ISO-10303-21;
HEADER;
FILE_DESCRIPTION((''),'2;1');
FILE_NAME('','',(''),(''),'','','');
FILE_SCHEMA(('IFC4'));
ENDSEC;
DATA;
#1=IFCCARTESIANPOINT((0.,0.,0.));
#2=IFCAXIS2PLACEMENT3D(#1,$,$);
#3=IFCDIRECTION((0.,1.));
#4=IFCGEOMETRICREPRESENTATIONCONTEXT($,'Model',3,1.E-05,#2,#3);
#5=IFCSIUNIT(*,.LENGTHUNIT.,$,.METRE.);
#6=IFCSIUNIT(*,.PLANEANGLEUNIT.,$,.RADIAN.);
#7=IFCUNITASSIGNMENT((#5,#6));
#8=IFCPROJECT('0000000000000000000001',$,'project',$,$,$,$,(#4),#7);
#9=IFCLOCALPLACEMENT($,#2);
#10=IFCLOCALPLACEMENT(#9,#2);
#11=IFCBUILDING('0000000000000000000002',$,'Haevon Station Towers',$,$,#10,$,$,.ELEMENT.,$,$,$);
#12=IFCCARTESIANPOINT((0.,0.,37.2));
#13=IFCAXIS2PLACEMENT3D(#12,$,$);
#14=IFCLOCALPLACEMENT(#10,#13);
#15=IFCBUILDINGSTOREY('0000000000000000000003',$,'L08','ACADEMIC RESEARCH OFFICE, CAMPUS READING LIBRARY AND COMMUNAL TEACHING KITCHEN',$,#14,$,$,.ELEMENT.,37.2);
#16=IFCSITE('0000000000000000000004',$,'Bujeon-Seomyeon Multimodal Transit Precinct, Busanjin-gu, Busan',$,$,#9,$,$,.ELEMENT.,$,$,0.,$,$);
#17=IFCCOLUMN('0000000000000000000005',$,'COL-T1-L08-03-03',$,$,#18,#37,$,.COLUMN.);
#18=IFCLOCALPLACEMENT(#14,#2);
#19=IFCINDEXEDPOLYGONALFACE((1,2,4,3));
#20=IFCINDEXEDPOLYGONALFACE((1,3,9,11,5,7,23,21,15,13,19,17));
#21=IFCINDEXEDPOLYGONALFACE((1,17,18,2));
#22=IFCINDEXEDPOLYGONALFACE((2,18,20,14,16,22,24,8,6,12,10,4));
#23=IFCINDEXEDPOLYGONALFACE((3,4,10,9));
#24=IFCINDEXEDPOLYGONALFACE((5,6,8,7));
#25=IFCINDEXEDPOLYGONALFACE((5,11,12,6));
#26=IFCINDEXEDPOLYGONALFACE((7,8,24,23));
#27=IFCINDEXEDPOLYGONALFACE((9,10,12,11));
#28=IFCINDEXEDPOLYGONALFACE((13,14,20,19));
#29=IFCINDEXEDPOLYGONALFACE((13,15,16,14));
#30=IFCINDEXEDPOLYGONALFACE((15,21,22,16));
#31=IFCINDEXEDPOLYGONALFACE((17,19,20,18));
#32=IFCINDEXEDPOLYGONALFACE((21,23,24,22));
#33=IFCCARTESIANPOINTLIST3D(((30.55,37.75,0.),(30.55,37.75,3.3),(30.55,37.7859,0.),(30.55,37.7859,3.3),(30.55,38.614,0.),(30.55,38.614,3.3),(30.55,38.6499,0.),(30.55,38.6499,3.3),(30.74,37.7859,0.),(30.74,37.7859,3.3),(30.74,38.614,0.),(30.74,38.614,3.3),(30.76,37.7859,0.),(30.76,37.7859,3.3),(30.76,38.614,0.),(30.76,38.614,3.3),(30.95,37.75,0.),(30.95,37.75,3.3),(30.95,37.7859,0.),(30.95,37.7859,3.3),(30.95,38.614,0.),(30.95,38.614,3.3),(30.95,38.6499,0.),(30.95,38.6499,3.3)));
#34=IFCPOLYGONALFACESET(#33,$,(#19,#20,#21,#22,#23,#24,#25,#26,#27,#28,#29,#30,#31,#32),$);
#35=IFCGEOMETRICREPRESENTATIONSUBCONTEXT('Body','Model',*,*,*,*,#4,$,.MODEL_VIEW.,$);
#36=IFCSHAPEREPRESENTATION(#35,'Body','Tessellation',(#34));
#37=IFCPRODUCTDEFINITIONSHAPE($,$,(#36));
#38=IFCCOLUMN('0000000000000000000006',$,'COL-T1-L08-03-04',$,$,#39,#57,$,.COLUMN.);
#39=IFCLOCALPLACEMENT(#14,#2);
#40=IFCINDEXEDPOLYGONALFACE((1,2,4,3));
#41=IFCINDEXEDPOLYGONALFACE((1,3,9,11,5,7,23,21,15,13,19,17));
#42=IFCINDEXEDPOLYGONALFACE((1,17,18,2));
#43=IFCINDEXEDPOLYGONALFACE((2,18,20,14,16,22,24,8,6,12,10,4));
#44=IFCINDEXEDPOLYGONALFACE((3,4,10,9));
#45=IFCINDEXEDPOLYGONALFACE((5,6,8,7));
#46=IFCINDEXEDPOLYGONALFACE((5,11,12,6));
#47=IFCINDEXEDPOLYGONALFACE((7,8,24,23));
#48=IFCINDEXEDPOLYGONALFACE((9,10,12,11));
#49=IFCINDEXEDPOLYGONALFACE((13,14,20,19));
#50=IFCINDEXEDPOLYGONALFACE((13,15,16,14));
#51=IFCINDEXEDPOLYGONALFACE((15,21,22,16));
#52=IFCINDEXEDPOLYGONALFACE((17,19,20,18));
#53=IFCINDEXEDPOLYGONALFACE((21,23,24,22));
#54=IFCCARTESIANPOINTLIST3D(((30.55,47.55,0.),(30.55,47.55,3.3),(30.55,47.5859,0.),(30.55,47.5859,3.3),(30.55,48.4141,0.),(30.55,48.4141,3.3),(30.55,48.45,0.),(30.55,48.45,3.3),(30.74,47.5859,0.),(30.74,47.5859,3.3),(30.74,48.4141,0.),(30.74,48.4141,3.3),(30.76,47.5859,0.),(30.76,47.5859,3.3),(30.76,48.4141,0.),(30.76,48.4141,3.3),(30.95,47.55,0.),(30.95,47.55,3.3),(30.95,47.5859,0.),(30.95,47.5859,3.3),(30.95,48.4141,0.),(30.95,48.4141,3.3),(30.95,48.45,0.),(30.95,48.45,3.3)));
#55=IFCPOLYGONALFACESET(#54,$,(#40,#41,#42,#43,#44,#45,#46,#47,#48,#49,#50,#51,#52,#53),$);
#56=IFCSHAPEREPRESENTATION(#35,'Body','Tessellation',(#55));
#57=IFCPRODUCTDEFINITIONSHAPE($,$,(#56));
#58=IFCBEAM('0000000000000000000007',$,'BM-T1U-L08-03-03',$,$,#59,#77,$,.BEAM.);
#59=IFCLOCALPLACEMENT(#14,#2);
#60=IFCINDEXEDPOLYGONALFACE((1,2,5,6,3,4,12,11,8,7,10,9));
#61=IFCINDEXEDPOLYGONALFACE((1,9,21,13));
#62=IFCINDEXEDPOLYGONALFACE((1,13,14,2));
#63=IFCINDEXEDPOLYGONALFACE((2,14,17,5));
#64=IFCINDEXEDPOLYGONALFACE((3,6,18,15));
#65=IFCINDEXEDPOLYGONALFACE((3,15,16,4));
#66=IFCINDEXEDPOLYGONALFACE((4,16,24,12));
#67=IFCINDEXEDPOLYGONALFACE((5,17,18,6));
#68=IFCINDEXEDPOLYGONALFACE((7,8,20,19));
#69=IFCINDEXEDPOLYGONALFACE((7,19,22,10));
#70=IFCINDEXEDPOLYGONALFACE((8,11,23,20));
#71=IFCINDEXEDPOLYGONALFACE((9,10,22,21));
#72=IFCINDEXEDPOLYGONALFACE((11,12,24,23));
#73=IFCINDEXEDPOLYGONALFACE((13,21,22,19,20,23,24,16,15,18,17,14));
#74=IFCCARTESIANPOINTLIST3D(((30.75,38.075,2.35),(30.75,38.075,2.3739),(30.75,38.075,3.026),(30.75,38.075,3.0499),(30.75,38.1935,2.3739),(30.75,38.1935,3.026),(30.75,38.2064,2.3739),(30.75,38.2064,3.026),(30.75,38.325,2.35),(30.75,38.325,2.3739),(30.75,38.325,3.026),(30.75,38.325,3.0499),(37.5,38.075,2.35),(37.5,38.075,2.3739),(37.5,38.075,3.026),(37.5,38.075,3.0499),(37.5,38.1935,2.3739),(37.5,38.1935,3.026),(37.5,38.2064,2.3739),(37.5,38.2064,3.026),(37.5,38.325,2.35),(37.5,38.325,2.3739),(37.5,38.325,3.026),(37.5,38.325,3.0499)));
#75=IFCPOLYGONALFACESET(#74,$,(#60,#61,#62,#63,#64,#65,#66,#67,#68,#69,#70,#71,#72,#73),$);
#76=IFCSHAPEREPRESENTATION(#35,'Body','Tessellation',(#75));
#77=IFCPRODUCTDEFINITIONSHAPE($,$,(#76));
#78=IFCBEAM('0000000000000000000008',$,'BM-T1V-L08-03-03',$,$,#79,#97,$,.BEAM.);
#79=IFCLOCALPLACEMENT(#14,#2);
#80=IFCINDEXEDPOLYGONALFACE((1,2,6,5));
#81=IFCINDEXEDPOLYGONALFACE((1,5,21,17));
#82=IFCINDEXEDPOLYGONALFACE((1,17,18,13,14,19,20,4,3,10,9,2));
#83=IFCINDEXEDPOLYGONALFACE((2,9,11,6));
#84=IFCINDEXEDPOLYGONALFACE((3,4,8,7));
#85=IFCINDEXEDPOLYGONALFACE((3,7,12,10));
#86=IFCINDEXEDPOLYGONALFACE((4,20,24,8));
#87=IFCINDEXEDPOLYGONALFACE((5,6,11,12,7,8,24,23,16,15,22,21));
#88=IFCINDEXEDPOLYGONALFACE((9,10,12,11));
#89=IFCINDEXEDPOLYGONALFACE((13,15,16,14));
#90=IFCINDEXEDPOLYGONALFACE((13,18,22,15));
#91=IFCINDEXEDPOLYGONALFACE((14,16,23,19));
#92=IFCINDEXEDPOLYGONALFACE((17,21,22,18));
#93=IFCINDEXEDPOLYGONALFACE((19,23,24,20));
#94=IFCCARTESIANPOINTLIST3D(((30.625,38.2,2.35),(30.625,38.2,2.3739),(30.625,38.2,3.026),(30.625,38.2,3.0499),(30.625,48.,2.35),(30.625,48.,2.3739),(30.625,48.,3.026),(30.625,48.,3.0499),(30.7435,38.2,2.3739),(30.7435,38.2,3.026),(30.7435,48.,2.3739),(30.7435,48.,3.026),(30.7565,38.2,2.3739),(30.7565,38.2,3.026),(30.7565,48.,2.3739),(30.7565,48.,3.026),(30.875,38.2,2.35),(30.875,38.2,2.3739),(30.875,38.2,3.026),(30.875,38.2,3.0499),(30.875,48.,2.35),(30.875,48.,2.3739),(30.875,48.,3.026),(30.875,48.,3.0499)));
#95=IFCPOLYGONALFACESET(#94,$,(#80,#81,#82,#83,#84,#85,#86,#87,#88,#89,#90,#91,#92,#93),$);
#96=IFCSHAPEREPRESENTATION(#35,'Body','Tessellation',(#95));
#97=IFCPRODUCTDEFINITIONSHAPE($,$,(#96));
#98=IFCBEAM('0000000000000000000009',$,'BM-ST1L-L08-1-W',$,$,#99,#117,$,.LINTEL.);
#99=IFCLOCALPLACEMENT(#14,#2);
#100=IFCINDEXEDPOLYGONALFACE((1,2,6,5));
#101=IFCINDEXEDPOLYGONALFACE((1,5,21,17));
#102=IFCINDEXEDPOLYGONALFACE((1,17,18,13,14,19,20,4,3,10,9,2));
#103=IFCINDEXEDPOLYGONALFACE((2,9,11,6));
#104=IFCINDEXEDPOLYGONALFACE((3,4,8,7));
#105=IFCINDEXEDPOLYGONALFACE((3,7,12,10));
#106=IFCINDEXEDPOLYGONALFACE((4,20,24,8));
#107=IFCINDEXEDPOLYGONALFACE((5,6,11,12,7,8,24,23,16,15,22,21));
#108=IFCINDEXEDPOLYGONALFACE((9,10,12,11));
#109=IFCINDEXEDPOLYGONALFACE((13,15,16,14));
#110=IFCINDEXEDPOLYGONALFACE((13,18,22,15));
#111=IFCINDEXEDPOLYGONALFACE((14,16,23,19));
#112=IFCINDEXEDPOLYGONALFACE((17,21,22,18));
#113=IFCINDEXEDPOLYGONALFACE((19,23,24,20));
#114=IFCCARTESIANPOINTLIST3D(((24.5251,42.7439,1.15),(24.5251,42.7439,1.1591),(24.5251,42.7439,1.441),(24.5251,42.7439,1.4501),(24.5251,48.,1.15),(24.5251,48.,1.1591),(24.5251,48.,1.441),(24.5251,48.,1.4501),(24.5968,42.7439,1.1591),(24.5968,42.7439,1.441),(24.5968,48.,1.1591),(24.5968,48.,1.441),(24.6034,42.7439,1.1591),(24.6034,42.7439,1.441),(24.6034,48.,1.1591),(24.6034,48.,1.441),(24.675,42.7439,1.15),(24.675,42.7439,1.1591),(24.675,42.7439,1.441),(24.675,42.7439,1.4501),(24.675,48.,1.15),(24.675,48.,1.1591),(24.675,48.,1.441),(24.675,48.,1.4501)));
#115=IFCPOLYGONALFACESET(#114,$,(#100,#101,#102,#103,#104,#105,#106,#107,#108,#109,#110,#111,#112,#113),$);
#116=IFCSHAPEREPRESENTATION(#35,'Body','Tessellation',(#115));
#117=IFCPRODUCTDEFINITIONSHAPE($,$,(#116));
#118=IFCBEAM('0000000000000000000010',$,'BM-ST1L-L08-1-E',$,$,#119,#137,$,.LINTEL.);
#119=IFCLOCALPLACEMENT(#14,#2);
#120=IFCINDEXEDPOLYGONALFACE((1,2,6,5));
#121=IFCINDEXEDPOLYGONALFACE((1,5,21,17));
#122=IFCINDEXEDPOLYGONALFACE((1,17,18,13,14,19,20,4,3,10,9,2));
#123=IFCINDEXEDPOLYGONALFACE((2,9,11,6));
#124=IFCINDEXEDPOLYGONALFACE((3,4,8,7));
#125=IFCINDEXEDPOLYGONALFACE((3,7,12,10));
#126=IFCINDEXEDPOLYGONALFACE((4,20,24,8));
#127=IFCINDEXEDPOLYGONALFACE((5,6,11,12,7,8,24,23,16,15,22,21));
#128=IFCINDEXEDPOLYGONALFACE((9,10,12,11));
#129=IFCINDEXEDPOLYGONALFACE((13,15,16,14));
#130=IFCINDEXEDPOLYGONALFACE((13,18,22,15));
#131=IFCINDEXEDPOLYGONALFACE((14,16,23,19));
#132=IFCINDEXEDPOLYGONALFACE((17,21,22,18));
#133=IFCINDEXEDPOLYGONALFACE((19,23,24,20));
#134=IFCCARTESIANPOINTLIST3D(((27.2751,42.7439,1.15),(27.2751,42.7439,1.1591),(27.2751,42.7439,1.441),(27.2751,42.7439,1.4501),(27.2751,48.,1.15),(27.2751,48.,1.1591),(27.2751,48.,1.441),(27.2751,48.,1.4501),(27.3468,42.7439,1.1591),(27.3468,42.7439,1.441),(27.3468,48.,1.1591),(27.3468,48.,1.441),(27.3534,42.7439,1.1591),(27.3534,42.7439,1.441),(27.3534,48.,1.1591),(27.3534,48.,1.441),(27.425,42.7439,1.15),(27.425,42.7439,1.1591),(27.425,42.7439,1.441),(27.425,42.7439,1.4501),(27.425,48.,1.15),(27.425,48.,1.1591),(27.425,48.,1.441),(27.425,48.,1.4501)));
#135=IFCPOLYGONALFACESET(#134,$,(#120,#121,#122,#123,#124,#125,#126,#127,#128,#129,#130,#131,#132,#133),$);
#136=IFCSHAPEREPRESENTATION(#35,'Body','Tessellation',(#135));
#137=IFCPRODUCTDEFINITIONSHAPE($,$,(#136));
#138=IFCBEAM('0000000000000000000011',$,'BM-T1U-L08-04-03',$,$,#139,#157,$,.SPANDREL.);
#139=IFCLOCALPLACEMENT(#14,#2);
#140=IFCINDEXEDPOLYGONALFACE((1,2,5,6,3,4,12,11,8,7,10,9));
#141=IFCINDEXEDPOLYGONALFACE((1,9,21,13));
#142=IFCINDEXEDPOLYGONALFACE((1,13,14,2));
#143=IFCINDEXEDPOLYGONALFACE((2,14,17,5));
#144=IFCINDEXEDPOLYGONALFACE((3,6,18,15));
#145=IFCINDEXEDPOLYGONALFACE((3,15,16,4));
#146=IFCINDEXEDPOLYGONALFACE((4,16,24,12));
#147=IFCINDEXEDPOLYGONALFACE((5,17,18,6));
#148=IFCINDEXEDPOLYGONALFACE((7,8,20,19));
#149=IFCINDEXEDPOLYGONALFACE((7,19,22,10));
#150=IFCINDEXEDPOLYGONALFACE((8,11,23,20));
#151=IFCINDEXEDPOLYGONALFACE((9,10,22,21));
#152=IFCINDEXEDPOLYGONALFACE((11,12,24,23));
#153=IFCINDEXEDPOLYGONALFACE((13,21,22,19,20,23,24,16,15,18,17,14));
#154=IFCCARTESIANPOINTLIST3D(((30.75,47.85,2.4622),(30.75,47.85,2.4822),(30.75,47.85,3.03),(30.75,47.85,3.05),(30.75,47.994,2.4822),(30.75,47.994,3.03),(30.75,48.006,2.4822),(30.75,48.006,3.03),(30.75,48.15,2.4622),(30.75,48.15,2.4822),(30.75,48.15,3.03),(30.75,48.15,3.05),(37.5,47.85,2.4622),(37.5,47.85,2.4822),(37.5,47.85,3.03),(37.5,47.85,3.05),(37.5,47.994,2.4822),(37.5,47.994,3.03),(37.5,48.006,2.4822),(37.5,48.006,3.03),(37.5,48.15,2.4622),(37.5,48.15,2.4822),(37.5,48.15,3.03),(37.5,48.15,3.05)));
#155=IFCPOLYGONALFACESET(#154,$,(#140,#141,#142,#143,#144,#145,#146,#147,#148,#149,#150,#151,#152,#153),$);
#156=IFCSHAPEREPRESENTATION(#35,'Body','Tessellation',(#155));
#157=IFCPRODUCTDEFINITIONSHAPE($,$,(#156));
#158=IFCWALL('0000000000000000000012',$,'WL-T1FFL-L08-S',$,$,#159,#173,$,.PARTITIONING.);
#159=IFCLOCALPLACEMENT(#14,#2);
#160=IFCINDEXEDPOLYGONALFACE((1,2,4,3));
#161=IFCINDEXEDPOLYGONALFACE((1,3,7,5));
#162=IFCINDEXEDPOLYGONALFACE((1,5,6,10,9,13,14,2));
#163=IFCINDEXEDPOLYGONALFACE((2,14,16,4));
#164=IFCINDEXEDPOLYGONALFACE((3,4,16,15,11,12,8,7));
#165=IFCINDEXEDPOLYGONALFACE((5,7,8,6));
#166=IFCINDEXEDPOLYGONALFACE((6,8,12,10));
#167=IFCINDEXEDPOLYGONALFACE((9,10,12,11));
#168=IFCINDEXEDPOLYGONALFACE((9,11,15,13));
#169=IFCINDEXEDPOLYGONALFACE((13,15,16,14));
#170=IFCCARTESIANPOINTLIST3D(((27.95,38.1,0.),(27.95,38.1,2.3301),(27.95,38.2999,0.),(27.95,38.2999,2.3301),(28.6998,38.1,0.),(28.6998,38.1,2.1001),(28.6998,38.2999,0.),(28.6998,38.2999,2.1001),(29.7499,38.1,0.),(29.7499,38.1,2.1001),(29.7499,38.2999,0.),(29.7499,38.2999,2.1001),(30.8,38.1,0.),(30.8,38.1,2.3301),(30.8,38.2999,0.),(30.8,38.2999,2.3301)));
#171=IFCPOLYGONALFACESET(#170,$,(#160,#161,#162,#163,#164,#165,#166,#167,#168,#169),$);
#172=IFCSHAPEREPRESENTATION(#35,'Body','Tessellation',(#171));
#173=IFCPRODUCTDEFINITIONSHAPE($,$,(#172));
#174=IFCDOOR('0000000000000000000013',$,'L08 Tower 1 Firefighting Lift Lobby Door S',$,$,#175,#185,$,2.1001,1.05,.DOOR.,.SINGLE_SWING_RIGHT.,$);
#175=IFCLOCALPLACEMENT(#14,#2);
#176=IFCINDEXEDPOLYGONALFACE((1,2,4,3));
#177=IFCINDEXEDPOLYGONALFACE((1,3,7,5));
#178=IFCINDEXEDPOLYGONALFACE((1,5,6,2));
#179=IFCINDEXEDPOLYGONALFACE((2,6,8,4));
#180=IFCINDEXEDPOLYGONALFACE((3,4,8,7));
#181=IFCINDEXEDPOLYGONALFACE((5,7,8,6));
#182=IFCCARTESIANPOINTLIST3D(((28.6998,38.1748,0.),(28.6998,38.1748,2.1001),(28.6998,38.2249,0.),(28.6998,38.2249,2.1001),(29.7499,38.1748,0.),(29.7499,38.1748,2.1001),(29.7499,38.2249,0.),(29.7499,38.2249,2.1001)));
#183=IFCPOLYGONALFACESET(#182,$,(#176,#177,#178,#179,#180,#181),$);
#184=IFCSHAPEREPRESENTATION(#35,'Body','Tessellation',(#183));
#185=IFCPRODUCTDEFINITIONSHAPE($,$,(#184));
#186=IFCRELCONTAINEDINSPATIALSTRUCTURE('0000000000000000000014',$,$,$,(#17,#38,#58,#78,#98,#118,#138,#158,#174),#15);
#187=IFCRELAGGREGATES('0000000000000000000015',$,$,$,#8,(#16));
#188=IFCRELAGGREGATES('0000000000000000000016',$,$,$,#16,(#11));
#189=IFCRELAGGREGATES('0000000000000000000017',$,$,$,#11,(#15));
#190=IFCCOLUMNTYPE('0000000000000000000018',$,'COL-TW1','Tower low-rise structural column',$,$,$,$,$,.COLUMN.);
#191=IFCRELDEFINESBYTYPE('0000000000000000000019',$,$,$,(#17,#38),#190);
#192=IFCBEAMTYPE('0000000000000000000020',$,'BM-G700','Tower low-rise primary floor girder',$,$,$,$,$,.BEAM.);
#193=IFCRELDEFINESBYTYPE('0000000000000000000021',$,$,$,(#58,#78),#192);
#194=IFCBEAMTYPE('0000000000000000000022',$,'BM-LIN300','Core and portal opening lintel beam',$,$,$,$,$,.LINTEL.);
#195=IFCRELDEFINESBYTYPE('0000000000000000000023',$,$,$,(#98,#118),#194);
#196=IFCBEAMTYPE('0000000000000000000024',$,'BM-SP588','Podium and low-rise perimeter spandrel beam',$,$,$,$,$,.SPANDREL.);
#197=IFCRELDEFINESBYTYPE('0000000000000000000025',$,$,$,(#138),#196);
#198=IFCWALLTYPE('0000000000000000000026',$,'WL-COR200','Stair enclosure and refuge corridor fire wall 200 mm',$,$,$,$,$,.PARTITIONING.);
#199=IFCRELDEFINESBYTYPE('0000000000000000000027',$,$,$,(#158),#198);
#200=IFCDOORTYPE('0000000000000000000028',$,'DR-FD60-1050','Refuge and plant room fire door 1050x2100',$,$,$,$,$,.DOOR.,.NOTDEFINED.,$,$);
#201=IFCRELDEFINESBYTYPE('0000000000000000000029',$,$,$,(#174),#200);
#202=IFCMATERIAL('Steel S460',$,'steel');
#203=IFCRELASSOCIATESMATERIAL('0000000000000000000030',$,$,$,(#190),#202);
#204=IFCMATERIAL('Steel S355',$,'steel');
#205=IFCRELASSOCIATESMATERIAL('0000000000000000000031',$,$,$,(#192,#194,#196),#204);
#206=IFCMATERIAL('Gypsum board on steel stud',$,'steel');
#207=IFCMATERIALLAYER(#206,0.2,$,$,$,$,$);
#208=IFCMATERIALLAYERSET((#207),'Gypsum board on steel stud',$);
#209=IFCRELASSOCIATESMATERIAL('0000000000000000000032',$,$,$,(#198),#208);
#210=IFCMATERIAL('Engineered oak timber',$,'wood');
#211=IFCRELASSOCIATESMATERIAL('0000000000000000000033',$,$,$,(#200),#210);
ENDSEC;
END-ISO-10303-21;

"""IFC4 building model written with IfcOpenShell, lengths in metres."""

from ifc_helpers import new_model, si_unit, direction, frame, frame_2d, origin, origin_2d, place, context, subcontext, project, spatial, rectangle, i_section, extrude, material, layer, layer_set, material_profile, profile_set, type_object, element, fill, save


model = new_model("IFC4")

# Units and contexts
model_context = context("Model", 3, precision=1e-05, world=origin(), true_north=direction((0.0, 1.0)))
body_context = subcontext(model_context, "Body", "Model", "MODEL_VIEW")
ifc_project = project(units=[si_unit("LENGTHUNIT", "METRE"), si_unit("PLANEANGLEUNIT", "RADIAN")], contexts=[model_context])

# Site, building, storey
site_placement = place(None, origin())
site = spatial("IfcSite", under=ifc_project, at=site_placement, Name="Bujeon-Seomyeon Multimodal Transit Precinct, Busanjin-gu, Busan", CompositionType="ELEMENT", RefElevation=0.0)
building_placement = place(site_placement, origin())
building = spatial("IfcBuilding", under=site, at=building_placement, Name="Haevon Station Towers", CompositionType="ELEMENT")
storey_placement = place(building_placement, frame((0.0, 0.0, 37.2)))
storey = spatial("IfcBuildingStorey", under=building, at=storey_placement, Name="L08", Description="ACADEMIC RESEARCH OFFICE, CAMPUS READING LIBRARY AND COMMUNAL TEACHING KITCHEN", CompositionType="ELEMENT", Elevation=37.2)

# Columns
ifc_material_1 = material(Name="Steel S460", Category="steel")
ifc_material_profile_1 = material_profile(ifc_material_1, i_section(OverallWidth=0.3999, OverallDepth=0.8999, WebThickness=0.02, FlangeThickness=0.0359, at=origin_2d()), Name="H-900x400x20x36")
ifc_profile_set_1 = profile_set([ifc_material_profile_1], Name="Steel S460")
column_type = type_object("IfcColumnType", Name="COL-TW1", Description="Tower low-rise structural column", PredefinedType="COLUMN", material=ifc_profile_set_1)
for number, where, z_axis, x_axis, name in (
    (1, (30.75, 38.2, 0.0), (0.0, 0.0, 1.0), (1.0, 0.0, 0.0), "COL-T1-L08-03-03"),
    (2, (30.75, 48.0, 0.0), (0.0, 0.0, 1.0), (1.0, 0.0, 0.0), "COL-T1-L08-03-04"),
):
    element("IfcColumn", number, at=place(storey_placement, frame(where, z_axis=z_axis, x_axis=x_axis)), inside=storey, type_object=column_type, Name=name, PredefinedType="COLUMN", context=body_context, shape_type="SweptSolid", body=[
        extrude(i_section(OverallWidth=0.3999, OverallDepth=0.8999, WebThickness=0.02, FlangeThickness=0.0359, at=origin_2d()), origin(), (0.0, 0.0, 1.0), 3.3),
    ])

# Beams
ifc_material_2 = material(Name="Steel S355", Category="steel")
ifc_material_profile_2 = material_profile(ifc_material_2, i_section(OverallWidth=0.25, OverallDepth=0.7, WebThickness=0.0129, FlangeThickness=0.0239, at=origin_2d()), Name="H-700x250x13x24")
ifc_profile_set_2 = profile_set([ifc_material_profile_2], Name="Steel S355")
beam_type_1 = type_object("IfcBeamType", Name="BM-G700", Description="Tower low-rise primary floor girder", PredefinedType="BEAM", material=ifc_profile_set_2)
beam_1_placement = place(storey_placement, frame((30.75, 38.2, 2.7), z_axis=(1.0, 0.0, 0.0), x_axis=(0.0, 1.0, 0.0)))
element("IfcBeam", 3, at=beam_1_placement, inside=storey, type_object=beam_type_1, Name="BM-T1U-L08-03-03", PredefinedType="BEAM", context=body_context, shape_type="SweptSolid", body=[
    extrude(i_section(OverallWidth=0.25, OverallDepth=0.7, WebThickness=0.0129, FlangeThickness=0.0239, at=origin_2d()), origin(), (0.0, 0.0, 1.0), 6.75),
])
beam_2_placement = place(storey_placement, frame((30.75, 38.2, 2.7), z_axis=(0.0, 1.0, 0.0), x_axis=(-1.0, 0.0, 0.0)))
element("IfcBeam", 4, at=beam_2_placement, inside=storey, type_object=beam_type_1, Name="BM-T1V-L08-03-03", PredefinedType="BEAM", context=body_context, shape_type="SweptSolid", body=[
    extrude(i_section(OverallWidth=0.25, OverallDepth=0.7, WebThickness=0.0129, FlangeThickness=0.0239, at=origin_2d()), origin(), (0.0, 0.0, 1.0), 9.8),
])
ifc_material_profile_3 = material_profile(ifc_material_2, i_section(OverallWidth=0.1499, OverallDepth=0.3, WebThickness=0.0066, FlangeThickness=0.009, at=origin_2d()), Name="H-300x150x6.5x9")
ifc_profile_set_3 = profile_set([ifc_material_profile_3], Name="Steel S355")
beam_type_2 = type_object("IfcBeamType", Name="BM-LIN300", Description="Core and portal opening lintel beam", PredefinedType="LINTEL", material=ifc_profile_set_3)
for number, where, z_axis, x_axis, name in (
    (5, (24.6001, 42.7439, 1.3), (0.0, 1.0, 0.0), (-1.0, 0.0, 0.0), "BM-ST1L-L08-1-W"),
    (6, (27.3501, 42.7439, 1.3), (0.0, 1.0, 0.0), (-1.0, 0.0, 0.0), "BM-ST1L-L08-1-E"),
):
    element("IfcBeam", number, at=place(storey_placement, frame(where, z_axis=z_axis, x_axis=x_axis)), inside=storey, type_object=beam_type_2, Name=name, PredefinedType="LINTEL", context=body_context, shape_type="SweptSolid", body=[
        extrude(i_section(OverallWidth=0.1499, OverallDepth=0.3, WebThickness=0.0066, FlangeThickness=0.009, at=origin_2d()), origin(), (0.0, 0.0, 1.0), 5.2561),
    ])
ifc_material_profile_4 = material_profile(ifc_material_2, i_section(OverallWidth=0.3, OverallDepth=0.5879, WebThickness=0.012, FlangeThickness=0.02, at=origin_2d()), Name="H-588x300x12x20")
ifc_profile_set_4 = profile_set([ifc_material_profile_4], Name="Steel S355")
beam_type_3 = type_object("IfcBeamType", Name="BM-SP588", Description="Podium and low-rise perimeter spandrel beam", PredefinedType="SPANDREL", material=ifc_profile_set_4)
beam_3_placement = place(storey_placement, frame((30.75, 48.0, 2.7561), z_axis=(1.0, 0.0, 0.0), x_axis=(0.0, 1.0, 0.0)))
element("IfcBeam", 7, at=beam_3_placement, inside=storey, type_object=beam_type_3, Name="BM-T1U-L08-04-03", PredefinedType="SPANDREL", context=body_context, shape_type="SweptSolid", body=[
    extrude(i_section(OverallWidth=0.3, OverallDepth=0.5879, WebThickness=0.012, FlangeThickness=0.02, at=origin_2d()), origin(), (0.0, 0.0, 1.0), 6.75),
])

# Wall, opening, door
ifc_material_3 = material(Name="Gypsum board on steel stud", Category="steel")
ifc_layer_1 = layer(ifc_material_3, 0.2)
ifc_layer_set_1 = layer_set([ifc_layer_1], Name="Gypsum board on steel stud")
wall_type_1 = type_object("IfcWallType", Name="WL-COR200", Description="Stair enclosure and refuge corridor fire wall 200 mm", PredefinedType="PARTITIONING", material=ifc_layer_set_1)
wall_1_placement = place(storey_placement, frame((27.95, 38.2, 0.0), z_axis=(0.0, 0.0, 1.0), x_axis=(1.0, 0.0, 0.0)))
wall_1 = element("IfcWall", 8, at=wall_1_placement, inside=storey, type_object=wall_type_1, Name="WL-T1FFL-L08-S", PredefinedType="PARTITIONING", context=body_context, shape_type="SweptSolid", body=[
    extrude(rectangle(XDim=2.8501, YDim=0.2, at=frame_2d((1.425, 0.0))), origin(), (0.0, 0.0, 1.0), 2.3301),
])
opening_1_placement = place(wall_1_placement, frame((0.75, 0.0, 0.0)))
opening_1 = element("IfcOpeningElement", 9, at=opening_1_placement, cuts=wall_1, PredefinedType="OPENING", context=body_context, shape_type="SweptSolid", body=[
    extrude(rectangle(XDim=1.05, YDim=2.1001, at=frame_2d((0.5249, 1.05))), frame((0.0, 0.1099, 0.0), z_axis=(0.0, -1.0, 0.0), x_axis=(1.0, 0.0, 0.0)), (0.0, 0.0, 1.0), 0.22),
])
ifc_material_4 = material(Name="Engineered oak timber", Category="wood")
door_type_1 = type_object("IfcDoorType", Name="DR-FD60-1050", Description="Refuge and plant room fire door 1050x2100", OperationType="NOTDEFINED", PredefinedType="DOOR", material=ifc_material_4)
door_1_placement = place(opening_1_placement, origin())
door_1 = element("IfcDoor", 10, at=door_1_placement, inside=storey, type_object=door_type_1, Name="L08 Tower 1 Firefighting Lift Lobby Door S", OperationType="SINGLE_SWING_RIGHT", OverallHeight=2.1001, OverallWidth=1.05, PredefinedType="DOOR", context=body_context, shape_type="SweptSolid", body=[
    extrude(rectangle(XDim=1.05, YDim=2.1001, at=frame_2d((0.5249, 1.05))), frame((0.0, 0.0249, 0.0), z_axis=(0.0, -1.0, 0.0), x_axis=(1.0, 0.0, 0.0)), (0.0, 0.0, 1.0), 0.05),
])
fill(opening_1, door_1)

save(model, "model.ifc")
